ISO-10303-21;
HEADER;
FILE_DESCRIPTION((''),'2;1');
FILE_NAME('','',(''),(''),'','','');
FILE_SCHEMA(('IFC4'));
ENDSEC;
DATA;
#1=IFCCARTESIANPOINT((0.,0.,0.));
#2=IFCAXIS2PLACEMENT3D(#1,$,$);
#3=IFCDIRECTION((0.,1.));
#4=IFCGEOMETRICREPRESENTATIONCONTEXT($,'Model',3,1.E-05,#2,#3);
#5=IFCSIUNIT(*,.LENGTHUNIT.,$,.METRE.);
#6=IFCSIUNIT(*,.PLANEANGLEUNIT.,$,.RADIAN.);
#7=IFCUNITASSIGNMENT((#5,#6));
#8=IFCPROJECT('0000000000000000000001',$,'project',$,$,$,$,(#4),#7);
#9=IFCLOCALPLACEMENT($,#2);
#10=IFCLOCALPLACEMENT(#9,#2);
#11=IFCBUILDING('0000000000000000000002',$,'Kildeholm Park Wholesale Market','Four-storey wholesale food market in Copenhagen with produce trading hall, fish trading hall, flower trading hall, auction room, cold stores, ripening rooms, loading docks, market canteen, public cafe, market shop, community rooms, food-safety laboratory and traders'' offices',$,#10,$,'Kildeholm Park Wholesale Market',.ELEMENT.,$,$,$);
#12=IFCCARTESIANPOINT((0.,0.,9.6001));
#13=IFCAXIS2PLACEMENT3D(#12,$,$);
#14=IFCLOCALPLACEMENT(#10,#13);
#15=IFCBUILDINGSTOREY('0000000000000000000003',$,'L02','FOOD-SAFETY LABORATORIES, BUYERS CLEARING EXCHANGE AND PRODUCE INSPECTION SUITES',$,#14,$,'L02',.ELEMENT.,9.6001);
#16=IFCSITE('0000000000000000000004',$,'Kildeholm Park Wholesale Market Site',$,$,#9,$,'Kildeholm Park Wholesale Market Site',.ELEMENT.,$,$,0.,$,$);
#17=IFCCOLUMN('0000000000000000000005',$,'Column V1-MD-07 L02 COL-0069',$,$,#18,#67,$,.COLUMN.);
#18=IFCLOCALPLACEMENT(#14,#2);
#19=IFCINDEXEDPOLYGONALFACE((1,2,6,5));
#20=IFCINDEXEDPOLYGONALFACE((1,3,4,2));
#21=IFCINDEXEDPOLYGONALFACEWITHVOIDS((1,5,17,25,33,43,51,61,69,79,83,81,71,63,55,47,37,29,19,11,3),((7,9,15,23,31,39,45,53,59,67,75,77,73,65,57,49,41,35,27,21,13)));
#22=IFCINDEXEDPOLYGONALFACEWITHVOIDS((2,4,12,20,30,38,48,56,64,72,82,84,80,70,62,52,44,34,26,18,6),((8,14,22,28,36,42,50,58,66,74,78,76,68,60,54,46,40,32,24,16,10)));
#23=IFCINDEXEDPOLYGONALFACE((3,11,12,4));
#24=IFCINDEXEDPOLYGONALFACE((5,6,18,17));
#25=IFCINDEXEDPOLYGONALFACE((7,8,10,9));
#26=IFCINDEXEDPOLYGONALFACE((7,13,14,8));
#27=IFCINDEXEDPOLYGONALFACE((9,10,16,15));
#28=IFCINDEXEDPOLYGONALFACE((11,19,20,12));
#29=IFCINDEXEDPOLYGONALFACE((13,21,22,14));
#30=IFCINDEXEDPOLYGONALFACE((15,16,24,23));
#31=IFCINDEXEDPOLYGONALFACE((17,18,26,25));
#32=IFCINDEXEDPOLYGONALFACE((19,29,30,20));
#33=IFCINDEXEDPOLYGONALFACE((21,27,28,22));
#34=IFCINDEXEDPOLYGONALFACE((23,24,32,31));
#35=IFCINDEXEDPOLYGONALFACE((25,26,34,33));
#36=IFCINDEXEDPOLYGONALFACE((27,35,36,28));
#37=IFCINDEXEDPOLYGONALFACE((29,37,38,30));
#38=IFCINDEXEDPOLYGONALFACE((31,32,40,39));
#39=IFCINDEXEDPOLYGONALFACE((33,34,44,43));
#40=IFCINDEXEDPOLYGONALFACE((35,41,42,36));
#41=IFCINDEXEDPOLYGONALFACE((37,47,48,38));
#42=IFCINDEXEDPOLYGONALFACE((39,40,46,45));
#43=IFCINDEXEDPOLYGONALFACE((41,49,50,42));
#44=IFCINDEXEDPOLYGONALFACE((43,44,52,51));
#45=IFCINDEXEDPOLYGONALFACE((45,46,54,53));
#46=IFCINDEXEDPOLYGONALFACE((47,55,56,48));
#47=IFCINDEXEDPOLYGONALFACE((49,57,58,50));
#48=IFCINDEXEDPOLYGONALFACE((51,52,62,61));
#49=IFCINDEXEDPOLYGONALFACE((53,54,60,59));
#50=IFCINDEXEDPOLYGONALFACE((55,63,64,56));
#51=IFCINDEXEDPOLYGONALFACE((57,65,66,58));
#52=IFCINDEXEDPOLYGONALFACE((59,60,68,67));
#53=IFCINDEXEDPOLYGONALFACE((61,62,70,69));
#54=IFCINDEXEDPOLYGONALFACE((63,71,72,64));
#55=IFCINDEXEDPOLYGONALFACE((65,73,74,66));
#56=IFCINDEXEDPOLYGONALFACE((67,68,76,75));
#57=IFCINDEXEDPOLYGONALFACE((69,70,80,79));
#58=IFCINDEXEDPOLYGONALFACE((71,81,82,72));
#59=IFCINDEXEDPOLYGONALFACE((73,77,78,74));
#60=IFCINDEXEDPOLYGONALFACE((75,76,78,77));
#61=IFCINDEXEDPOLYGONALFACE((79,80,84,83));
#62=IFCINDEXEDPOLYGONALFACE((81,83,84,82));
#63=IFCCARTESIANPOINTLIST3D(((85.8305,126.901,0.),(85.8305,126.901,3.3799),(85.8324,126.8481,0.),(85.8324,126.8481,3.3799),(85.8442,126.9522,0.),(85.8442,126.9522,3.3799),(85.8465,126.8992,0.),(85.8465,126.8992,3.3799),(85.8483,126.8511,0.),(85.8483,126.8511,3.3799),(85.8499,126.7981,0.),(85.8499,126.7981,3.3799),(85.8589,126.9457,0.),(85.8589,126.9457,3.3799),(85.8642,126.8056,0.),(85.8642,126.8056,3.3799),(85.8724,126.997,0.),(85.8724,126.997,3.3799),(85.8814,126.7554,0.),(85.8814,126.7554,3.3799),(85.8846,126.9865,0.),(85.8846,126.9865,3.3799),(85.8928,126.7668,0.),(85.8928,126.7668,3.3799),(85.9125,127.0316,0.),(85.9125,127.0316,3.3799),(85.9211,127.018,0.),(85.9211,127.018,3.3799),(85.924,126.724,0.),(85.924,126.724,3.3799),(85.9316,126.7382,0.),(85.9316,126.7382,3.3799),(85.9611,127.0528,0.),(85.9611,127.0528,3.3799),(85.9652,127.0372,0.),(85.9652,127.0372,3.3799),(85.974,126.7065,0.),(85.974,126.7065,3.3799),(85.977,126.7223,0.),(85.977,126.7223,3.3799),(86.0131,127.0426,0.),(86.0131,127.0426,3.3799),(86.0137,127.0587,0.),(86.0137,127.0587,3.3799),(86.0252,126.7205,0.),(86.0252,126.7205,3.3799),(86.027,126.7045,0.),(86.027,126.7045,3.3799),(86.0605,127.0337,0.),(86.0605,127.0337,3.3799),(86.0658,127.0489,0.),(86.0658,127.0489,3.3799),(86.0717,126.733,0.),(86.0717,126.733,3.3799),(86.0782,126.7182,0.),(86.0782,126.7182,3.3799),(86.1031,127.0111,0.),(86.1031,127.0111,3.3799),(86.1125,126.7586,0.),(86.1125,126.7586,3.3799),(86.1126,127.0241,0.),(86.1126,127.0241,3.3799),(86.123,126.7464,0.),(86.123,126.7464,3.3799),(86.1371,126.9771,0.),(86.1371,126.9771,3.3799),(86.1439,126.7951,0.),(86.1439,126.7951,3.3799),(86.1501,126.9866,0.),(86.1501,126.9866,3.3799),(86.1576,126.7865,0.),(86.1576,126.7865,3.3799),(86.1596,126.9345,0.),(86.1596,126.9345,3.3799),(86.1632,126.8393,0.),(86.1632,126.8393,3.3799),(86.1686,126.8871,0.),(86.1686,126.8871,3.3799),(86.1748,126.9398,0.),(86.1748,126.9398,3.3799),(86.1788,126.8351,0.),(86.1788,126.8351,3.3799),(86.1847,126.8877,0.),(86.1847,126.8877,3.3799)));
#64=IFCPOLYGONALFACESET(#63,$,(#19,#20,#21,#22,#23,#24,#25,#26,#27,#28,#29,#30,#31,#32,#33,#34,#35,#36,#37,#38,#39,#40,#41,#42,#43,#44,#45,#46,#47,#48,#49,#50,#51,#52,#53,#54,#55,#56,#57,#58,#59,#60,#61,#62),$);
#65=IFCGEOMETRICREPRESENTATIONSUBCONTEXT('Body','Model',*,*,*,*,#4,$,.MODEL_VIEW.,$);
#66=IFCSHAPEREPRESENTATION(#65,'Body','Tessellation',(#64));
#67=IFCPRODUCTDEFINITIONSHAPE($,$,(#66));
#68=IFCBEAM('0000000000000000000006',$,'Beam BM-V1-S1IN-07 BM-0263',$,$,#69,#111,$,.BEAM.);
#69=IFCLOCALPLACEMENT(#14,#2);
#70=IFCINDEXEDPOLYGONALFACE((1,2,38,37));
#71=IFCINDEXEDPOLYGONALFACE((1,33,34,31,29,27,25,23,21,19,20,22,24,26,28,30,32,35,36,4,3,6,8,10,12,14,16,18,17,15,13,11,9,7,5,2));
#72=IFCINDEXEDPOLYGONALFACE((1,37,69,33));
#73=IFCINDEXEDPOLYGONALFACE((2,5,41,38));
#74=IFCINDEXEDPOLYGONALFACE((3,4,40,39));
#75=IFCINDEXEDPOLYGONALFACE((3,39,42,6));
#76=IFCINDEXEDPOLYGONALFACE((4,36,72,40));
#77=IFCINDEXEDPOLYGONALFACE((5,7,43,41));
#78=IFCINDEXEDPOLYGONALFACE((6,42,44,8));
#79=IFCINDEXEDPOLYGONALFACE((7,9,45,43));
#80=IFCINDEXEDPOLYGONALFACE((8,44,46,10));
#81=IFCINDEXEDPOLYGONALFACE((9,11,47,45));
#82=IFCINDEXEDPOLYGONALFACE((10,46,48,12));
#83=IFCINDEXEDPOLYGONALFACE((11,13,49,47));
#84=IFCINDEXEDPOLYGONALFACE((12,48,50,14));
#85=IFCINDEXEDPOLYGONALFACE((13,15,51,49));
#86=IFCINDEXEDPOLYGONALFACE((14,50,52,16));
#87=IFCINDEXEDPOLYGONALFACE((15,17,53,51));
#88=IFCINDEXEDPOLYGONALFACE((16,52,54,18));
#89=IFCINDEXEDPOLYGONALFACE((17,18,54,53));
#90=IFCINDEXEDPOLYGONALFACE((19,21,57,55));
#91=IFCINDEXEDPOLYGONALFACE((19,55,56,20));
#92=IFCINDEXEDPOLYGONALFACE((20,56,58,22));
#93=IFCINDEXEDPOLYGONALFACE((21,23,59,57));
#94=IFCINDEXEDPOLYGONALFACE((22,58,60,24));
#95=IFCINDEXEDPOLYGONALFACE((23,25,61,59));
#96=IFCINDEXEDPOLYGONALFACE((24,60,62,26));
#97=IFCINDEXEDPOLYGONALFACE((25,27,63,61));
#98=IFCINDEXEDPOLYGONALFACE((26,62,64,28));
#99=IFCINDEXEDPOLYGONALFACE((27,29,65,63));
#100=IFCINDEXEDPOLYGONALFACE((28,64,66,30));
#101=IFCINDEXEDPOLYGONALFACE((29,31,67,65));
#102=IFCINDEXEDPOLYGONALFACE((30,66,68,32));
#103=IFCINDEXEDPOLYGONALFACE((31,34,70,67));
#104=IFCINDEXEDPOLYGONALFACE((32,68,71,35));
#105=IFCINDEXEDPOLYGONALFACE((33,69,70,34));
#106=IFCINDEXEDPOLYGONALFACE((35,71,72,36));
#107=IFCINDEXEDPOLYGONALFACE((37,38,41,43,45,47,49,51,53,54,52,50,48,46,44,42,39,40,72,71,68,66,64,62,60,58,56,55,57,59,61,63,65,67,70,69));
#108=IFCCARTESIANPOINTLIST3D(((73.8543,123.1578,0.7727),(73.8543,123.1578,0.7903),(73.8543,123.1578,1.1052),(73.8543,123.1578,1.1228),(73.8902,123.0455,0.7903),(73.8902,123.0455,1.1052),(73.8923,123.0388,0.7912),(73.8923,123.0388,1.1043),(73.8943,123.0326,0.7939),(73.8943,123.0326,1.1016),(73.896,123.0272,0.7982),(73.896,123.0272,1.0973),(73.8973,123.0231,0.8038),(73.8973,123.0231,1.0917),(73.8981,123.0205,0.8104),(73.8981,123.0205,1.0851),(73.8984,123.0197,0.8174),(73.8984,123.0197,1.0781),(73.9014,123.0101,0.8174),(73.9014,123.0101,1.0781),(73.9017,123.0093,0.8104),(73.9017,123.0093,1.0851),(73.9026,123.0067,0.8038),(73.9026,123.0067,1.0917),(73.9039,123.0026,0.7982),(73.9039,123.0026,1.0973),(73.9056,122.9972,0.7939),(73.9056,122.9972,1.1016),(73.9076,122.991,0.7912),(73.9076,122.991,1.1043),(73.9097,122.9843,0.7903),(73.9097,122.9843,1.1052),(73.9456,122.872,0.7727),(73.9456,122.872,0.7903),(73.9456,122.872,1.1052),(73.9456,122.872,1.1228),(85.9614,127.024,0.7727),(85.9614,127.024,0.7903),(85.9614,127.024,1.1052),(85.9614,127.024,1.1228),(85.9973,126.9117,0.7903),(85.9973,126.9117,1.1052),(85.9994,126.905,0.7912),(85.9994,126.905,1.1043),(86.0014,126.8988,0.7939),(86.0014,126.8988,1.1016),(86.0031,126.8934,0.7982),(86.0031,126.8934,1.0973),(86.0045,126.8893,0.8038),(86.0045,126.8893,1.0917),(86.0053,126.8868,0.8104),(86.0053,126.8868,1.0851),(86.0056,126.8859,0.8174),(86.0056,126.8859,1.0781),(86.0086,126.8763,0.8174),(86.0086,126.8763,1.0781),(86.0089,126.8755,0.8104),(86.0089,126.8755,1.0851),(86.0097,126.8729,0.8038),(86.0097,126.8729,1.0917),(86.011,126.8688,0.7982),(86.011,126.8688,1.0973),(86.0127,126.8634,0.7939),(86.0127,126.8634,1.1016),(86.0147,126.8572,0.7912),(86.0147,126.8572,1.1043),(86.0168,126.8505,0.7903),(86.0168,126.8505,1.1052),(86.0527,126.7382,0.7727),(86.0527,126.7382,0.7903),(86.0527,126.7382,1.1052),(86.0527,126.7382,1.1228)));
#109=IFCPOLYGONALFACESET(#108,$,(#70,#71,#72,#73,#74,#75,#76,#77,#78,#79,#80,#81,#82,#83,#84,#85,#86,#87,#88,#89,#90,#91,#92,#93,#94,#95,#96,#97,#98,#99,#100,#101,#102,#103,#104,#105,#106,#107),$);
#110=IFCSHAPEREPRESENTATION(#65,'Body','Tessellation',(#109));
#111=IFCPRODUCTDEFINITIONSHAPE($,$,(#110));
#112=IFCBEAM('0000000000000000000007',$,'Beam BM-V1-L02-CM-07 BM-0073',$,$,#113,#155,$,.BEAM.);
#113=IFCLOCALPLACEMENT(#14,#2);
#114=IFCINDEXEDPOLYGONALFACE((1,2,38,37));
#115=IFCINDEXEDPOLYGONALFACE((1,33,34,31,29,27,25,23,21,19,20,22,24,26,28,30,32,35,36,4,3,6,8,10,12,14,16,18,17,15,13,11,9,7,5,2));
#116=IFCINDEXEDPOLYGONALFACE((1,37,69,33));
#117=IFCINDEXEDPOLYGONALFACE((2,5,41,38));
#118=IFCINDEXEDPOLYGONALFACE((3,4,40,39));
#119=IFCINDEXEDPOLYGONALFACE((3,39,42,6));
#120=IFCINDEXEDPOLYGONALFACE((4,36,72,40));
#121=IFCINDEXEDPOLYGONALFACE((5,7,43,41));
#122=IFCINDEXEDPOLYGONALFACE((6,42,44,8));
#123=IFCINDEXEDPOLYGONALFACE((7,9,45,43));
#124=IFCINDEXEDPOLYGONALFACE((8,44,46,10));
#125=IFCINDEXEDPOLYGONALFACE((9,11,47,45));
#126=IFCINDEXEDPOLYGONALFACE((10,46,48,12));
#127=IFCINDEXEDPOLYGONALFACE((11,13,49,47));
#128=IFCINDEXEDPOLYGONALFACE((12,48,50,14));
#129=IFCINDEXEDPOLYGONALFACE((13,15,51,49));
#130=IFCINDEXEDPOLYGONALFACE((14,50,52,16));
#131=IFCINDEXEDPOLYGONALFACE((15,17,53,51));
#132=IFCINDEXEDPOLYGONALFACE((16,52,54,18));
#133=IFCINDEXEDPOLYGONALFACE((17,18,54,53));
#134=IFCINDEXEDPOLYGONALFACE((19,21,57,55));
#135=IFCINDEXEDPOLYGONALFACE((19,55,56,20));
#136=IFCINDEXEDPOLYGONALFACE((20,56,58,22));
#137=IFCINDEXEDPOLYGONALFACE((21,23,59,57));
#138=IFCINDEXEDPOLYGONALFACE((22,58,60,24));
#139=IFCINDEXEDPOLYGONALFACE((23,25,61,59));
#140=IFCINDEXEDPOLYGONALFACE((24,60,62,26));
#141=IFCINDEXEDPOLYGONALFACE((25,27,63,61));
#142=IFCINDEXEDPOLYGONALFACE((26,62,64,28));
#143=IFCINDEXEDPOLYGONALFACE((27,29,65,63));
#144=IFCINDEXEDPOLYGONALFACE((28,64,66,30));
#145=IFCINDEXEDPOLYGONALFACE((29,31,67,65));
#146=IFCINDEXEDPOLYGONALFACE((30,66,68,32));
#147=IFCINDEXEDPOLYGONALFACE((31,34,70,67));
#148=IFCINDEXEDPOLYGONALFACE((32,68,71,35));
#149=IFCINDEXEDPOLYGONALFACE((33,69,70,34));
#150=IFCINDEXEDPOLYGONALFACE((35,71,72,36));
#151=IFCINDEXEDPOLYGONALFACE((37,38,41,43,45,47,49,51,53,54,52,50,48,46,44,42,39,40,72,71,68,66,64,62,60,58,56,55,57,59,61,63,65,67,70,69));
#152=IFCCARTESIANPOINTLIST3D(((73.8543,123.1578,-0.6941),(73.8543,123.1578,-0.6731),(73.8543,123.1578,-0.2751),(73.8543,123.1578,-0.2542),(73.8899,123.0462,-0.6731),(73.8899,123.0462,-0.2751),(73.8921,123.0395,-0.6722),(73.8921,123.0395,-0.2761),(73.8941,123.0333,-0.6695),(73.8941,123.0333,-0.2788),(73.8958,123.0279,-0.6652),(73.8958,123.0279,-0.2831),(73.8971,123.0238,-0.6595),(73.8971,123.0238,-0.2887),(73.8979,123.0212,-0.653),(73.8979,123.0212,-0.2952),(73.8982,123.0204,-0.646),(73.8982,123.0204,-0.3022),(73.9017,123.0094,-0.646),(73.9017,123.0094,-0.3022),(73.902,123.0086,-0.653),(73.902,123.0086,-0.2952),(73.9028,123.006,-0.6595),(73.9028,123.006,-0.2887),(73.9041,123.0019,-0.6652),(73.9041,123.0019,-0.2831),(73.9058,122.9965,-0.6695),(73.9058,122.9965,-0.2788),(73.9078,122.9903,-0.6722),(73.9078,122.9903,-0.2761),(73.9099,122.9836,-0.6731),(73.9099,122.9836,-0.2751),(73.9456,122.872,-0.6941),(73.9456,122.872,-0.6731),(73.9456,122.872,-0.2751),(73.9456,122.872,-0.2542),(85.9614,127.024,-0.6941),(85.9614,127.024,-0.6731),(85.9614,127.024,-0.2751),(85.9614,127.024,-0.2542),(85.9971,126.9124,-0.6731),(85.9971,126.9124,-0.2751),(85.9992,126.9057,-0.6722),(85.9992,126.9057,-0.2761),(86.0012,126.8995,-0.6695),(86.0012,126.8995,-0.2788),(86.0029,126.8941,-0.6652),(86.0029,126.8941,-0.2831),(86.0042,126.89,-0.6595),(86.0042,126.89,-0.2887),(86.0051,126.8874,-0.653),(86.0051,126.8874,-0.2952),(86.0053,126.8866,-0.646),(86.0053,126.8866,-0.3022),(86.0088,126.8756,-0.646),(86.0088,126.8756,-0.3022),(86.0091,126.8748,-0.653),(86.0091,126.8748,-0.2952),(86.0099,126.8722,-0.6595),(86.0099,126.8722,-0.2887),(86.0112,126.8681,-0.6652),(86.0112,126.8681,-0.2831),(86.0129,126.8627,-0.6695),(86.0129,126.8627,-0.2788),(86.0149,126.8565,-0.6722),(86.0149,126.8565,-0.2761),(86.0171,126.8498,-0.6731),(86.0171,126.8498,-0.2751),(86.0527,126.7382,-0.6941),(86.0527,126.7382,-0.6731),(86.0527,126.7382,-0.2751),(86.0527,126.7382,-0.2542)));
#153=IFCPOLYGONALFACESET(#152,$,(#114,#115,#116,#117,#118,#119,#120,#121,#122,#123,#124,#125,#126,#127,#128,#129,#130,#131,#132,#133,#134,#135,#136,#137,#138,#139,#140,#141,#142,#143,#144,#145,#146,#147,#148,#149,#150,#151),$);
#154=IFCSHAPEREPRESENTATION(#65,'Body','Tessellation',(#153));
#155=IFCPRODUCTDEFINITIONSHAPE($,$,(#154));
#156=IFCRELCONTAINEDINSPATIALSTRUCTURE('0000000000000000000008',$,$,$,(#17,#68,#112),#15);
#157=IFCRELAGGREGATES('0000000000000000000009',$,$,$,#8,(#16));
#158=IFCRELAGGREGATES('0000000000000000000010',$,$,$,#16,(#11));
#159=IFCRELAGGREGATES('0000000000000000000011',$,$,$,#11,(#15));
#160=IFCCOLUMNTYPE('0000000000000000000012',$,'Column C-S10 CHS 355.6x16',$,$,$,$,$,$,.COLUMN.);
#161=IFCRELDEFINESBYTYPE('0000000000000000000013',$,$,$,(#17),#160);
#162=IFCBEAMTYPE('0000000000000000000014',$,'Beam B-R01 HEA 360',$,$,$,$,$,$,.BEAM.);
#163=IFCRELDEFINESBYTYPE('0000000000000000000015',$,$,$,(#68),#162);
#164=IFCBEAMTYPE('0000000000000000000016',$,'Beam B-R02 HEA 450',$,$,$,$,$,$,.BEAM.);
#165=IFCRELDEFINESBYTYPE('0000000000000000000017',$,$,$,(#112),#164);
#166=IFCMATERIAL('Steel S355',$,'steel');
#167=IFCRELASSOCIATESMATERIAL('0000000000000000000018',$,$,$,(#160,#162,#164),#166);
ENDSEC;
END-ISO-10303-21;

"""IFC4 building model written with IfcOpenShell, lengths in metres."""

from ifc_helpers import new_model, si_unit, direction, frame, origin, origin_2d, place, context, subcontext, project, spatial, hollow_circle, i_section, extrude, material, material_profile, profile_set, type_object, element, save


model = new_model("IFC4")

# Units and contexts
model_context = context("Model", 3, precision=1e-05, world=origin(), true_north=direction((0.0, 1.0)))
body_context = subcontext(model_context, "Body", "Model", "MODEL_VIEW")
ifc_project = project(units=[si_unit("LENGTHUNIT", "METRE"), si_unit("PLANEANGLEUNIT", "RADIAN")], contexts=[model_context])

# Site, building, storey
site_placement = place(None, origin())
site = spatial("IfcSite", under=ifc_project, at=site_placement, Name="Kildeholm Park Wholesale Market Site", LongName="Kildeholm Park Wholesale Market Site", CompositionType="ELEMENT", RefElevation=0.0)
building_placement = place(site_placement, origin())
building = spatial("IfcBuilding", under=site, at=building_placement, Name="Kildeholm Park Wholesale Market", Description="Four-storey wholesale food market in Copenhagen with produce trading hall, fish trading hall, flower trading hall, auction room, cold stores, ripening rooms, loading docks, market canteen, public cafe, market shop, community rooms, food-safety laboratory and traders' offices", LongName="Kildeholm Park Wholesale Market", CompositionType="ELEMENT")
storey_placement = place(building_placement, frame((0.0, 0.0, 9.6001)))
storey = spatial("IfcBuildingStorey", under=building, at=storey_placement, Name="L02", Description="FOOD-SAFETY LABORATORIES, BUYERS CLEARING EXCHANGE AND PRODUCE INSPECTION SUITES", LongName="L02", CompositionType="ELEMENT", Elevation=9.6001)

# Column
ifc_material_1 = material(Name="Steel S355", Category="steel")
ifc_material_profile_1 = material_profile(ifc_material_1, hollow_circle(Radius=0.1777, WallThickness=0.0161, at=origin_2d()), Name="CHS 355.6x16")
ifc_profile_set_1 = profile_set([ifc_material_profile_1], Name="Steel S355")
column_type = type_object("IfcColumnType", Name="Column C-S10 CHS 355.6x16", PredefinedType="COLUMN", material=ifc_profile_set_1)
column_placement = place(storey_placement, frame((86.0071, 126.8811, 0.0), z_axis=(0.0, 0.0, 1.0), x_axis=(-0.258819, 0.965926, 0.0)))
element("IfcColumn", 1, at=column_placement, inside=storey, type_object=column_type, Name="Column V1-MD-07 L02 COL-0069", PredefinedType="COLUMN", context=body_context, shape_type="SweptSolid", body=[
    extrude(hollow_circle(Radius=0.1777, WallThickness=0.0161, at=origin_2d()), origin(), (0.0, 0.0, 1.0), 3.3799),
])

# Beams
ifc_material_profile_2 = material_profile(ifc_material_1, i_section(OverallWidth=0.3, OverallDepth=0.3501, WebThickness=0.01, FlangeThickness=0.0176, FilletRadius=0.0271, at=origin_2d()), Name="HEA 360")
ifc_profile_set_2 = profile_set([ifc_material_profile_2], Name="Steel S355")
beam_type_1 = type_object("IfcBeamType", Name="Beam B-R01 HEA 360", PredefinedType="BEAM", material=ifc_profile_set_2)
beam_1_placement = place(storey_placement, frame((86.0071, 126.8811, 0.9478), z_axis=(-0.952609, -0.304199, 0.0), x_axis=(0.304199, -0.952609, 0.0)))
element("IfcBeam", 2, at=beam_1_placement, inside=storey, type_object=beam_type_1, Name="Beam BM-V1-S1IN-07 BM-0263", PredefinedType="BEAM", context=body_context, shape_type="SweptSolid", body=[
    extrude(i_section(OverallWidth=0.3, OverallDepth=0.3501, WebThickness=0.01, FlangeThickness=0.0176, FilletRadius=0.0271, at=origin_2d()), origin(), (0.0, 0.0, 1.0), 12.7095),
])
ifc_material_profile_3 = material_profile(ifc_material_1, i_section(OverallWidth=0.3, OverallDepth=0.4399, WebThickness=0.0115, FlangeThickness=0.021, FilletRadius=0.0271, at=origin_2d()), Name="HEA 450")
ifc_profile_set_3 = profile_set([ifc_material_profile_3], Name="Steel S355")
beam_type_2 = type_object("IfcBeamType", Name="Beam B-R02 HEA 450", PredefinedType="BEAM", material=ifc_profile_set_3)
beam_2_placement = place(storey_placement, frame((86.0071, 126.8811, -0.4741), z_axis=(-0.952609, -0.304199, 0.0), x_axis=(0.304199, -0.952609, 0.0)))
element("IfcBeam", 3, at=beam_2_placement, inside=storey, type_object=beam_type_2, Name="Beam BM-V1-L02-CM-07 BM-0073", PredefinedType="BEAM", context=body_context, shape_type="SweptSolid", body=[
    extrude(i_section(OverallWidth=0.3, OverallDepth=0.4399, WebThickness=0.0115, FlangeThickness=0.021, FilletRadius=0.0271, at=origin_2d()), origin(), (0.0, 0.0, 1.0), 12.7095),
])

save(model, "model.ifc")
